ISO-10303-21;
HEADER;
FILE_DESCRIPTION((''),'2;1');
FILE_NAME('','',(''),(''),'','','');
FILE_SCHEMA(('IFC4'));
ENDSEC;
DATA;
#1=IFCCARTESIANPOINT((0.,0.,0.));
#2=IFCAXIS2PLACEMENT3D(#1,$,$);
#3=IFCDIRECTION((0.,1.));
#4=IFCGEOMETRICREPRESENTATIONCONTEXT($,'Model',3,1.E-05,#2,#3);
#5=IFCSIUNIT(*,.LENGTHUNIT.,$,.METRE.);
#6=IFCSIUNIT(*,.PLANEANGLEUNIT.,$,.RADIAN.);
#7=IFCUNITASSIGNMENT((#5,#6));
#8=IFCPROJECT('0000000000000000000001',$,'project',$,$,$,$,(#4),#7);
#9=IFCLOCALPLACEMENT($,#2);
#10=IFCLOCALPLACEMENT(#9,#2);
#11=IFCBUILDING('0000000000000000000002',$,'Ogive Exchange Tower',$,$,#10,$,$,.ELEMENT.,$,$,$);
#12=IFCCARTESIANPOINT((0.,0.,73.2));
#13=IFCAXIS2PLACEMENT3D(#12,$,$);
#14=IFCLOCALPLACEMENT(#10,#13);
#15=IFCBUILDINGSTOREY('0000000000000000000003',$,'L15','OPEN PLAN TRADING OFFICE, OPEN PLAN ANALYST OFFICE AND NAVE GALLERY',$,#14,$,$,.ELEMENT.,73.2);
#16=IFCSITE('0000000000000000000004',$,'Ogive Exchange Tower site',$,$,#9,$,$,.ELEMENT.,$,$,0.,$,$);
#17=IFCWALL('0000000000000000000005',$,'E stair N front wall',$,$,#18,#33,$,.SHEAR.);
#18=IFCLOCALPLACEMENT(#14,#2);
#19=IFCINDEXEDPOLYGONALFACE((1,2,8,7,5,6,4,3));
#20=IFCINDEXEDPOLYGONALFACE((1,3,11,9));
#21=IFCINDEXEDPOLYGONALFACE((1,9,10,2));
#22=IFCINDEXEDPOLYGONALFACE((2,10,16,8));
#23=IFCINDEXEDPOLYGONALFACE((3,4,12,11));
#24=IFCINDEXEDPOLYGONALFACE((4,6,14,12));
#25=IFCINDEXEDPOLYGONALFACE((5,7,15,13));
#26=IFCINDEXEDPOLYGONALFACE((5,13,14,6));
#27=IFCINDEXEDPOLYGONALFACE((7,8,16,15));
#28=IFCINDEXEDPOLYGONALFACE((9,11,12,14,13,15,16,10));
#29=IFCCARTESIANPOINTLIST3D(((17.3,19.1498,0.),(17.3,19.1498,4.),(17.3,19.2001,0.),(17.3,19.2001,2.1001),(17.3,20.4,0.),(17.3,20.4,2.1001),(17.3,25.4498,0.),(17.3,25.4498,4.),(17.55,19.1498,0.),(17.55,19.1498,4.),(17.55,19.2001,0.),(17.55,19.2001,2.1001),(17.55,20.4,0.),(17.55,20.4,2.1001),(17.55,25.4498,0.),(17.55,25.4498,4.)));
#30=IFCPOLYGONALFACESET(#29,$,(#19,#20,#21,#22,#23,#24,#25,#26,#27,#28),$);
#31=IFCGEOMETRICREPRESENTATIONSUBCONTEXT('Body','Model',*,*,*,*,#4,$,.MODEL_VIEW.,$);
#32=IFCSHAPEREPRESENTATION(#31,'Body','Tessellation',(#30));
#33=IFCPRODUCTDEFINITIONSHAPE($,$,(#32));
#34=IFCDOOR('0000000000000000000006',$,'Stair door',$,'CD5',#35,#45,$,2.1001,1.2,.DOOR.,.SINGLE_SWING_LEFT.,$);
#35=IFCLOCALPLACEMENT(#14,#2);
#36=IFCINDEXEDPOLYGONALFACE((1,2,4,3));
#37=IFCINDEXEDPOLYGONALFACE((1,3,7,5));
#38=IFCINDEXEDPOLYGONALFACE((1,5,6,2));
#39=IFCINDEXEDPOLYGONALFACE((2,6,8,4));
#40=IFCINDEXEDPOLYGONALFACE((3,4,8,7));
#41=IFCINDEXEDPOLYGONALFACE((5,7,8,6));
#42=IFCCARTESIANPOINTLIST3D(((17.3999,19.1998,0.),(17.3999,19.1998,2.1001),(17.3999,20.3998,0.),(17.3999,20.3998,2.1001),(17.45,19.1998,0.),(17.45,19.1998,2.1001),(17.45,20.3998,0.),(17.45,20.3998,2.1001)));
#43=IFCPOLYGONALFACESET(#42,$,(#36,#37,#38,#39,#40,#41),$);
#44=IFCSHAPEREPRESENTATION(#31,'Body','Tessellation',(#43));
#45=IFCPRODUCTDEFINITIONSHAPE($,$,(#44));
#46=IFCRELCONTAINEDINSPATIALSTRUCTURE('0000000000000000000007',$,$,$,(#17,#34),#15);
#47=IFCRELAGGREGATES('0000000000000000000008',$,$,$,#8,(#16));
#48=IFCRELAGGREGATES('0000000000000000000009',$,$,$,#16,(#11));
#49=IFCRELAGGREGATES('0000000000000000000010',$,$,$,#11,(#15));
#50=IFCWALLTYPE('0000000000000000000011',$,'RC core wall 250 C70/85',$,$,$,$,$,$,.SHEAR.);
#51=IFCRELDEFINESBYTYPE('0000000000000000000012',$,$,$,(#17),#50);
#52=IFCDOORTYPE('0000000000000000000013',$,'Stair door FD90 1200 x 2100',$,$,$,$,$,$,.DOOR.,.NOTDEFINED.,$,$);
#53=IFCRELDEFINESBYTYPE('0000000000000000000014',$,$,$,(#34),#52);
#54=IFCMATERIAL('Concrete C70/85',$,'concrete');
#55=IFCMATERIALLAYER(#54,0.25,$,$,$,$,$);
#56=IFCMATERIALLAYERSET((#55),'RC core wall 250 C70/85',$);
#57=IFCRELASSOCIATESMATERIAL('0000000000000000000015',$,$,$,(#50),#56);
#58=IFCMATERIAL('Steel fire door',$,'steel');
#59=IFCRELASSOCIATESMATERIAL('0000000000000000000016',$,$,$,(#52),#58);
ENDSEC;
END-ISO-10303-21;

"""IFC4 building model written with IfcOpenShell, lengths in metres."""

from ifc_helpers import new_model, si_unit, direction, frame, frame_2d, origin, place, context, subcontext, project, spatial, rectangle, extrude, material, layer, layer_set, type_object, element, fill, save


model = new_model("IFC4")

# Units and contexts
model_context = context("Model", 3, precision=1e-05, world=origin(), true_north=direction((0.0, 1.0)))
body_context = subcontext(model_context, "Body", "Model", "MODEL_VIEW")
ifc_project = project(units=[si_unit("LENGTHUNIT", "METRE"), si_unit("PLANEANGLEUNIT", "RADIAN")], contexts=[model_context])

# Site, building, storey
site_placement = place(None, origin())
site = spatial("IfcSite", under=ifc_project, at=site_placement, Name="Ogive Exchange Tower site", CompositionType="ELEMENT", RefElevation=0.0)
building_placement = place(site_placement, origin())
building = spatial("IfcBuilding", under=site, at=building_placement, Name="Ogive Exchange Tower", CompositionType="ELEMENT")
storey_placement = place(building_placement, frame((0.0, 0.0, 73.2)))
storey = spatial("IfcBuildingStorey", under=building, at=storey_placement, Name="L15", Description="OPEN PLAN TRADING OFFICE, OPEN PLAN ANALYST OFFICE AND NAVE GALLERY", CompositionType="ELEMENT", Elevation=73.2)

# Wall, opening, door
ifc_material_1 = material(Name="Concrete C70/85", Category="concrete")
ifc_layer_1 = layer(ifc_material_1, 0.25)
ifc_layer_set_1 = layer_set([ifc_layer_1], Name="RC core wall 250 C70/85")
wall_type_1 = type_object("IfcWallType", Name="RC core wall 250 C70/85", PredefinedType="SHEAR", material=ifc_layer_set_1)
wall_1_placement = place(storey_placement, frame((17.425, 19.1499, 0.0), z_axis=(0.0, 0.0, 1.0), x_axis=(0.0, 1.0, 0.0)))
wall_1 = element("IfcWall", 1, at=wall_1_placement, inside=storey, type_object=wall_type_1, Name="E stair N front wall", PredefinedType="SHEAR", context=body_context, shape_type="SweptSolid", body=[
    extrude(rectangle(XDim=6.3, YDim=0.25, at=frame_2d((3.1499, 0.0))), origin(), (0.0, 0.0, 1.0), 4.0),
])
opening_1_placement = place(wall_1_placement, frame((0.05, 0.0, 0.0)))
opening_1 = element("IfcOpeningElement", 2, at=opening_1_placement, cuts=wall_1, PredefinedType="OPENING", context=body_context, shape_type="SweptSolid", body=[
    extrude(rectangle(XDim=1.2, YDim=2.1001, at=frame_2d((0.6001, 1.05))), frame((0.0, 0.135, 0.0), z_axis=(0.0, -1.0, 0.0), x_axis=(1.0, 0.0, 0.0)), (0.0, 0.0, 1.0), 0.27),
])
ifc_material_2 = material(Name="Steel fire door", Category="steel")
door_type_1 = type_object("IfcDoorType", Name="Stair door FD90 1200 x 2100", OperationType="NOTDEFINED", PredefinedType="DOOR", material=ifc_material_2)
door_1_placement = place(opening_1_placement, frame((1.2, 0.0, 0.0), z_axis=(0.0, 0.0, 1.0), x_axis=(-1.0, 0.0, 0.0)))
door_1 = element("IfcDoor", 3, at=door_1_placement, inside=storey, type_object=door_type_1, Name="Stair door", ObjectType="CD5", OperationType="SINGLE_SWING_LEFT", OverallHeight=2.1001, OverallWidth=1.2, PredefinedType="DOOR", context=body_context, shape_type="SweptSolid", body=[
    extrude(rectangle(XDim=1.2, YDim=2.1001, at=frame_2d((0.6001, 1.05))), frame((0.0, 0.0249, 0.0), z_axis=(0.0, -1.0, 0.0), x_axis=(1.0, 0.0, 0.0)), (0.0, 0.0, 1.0), 0.05),
])
fill(opening_1, door_1)

save(model, "model.ifc")
